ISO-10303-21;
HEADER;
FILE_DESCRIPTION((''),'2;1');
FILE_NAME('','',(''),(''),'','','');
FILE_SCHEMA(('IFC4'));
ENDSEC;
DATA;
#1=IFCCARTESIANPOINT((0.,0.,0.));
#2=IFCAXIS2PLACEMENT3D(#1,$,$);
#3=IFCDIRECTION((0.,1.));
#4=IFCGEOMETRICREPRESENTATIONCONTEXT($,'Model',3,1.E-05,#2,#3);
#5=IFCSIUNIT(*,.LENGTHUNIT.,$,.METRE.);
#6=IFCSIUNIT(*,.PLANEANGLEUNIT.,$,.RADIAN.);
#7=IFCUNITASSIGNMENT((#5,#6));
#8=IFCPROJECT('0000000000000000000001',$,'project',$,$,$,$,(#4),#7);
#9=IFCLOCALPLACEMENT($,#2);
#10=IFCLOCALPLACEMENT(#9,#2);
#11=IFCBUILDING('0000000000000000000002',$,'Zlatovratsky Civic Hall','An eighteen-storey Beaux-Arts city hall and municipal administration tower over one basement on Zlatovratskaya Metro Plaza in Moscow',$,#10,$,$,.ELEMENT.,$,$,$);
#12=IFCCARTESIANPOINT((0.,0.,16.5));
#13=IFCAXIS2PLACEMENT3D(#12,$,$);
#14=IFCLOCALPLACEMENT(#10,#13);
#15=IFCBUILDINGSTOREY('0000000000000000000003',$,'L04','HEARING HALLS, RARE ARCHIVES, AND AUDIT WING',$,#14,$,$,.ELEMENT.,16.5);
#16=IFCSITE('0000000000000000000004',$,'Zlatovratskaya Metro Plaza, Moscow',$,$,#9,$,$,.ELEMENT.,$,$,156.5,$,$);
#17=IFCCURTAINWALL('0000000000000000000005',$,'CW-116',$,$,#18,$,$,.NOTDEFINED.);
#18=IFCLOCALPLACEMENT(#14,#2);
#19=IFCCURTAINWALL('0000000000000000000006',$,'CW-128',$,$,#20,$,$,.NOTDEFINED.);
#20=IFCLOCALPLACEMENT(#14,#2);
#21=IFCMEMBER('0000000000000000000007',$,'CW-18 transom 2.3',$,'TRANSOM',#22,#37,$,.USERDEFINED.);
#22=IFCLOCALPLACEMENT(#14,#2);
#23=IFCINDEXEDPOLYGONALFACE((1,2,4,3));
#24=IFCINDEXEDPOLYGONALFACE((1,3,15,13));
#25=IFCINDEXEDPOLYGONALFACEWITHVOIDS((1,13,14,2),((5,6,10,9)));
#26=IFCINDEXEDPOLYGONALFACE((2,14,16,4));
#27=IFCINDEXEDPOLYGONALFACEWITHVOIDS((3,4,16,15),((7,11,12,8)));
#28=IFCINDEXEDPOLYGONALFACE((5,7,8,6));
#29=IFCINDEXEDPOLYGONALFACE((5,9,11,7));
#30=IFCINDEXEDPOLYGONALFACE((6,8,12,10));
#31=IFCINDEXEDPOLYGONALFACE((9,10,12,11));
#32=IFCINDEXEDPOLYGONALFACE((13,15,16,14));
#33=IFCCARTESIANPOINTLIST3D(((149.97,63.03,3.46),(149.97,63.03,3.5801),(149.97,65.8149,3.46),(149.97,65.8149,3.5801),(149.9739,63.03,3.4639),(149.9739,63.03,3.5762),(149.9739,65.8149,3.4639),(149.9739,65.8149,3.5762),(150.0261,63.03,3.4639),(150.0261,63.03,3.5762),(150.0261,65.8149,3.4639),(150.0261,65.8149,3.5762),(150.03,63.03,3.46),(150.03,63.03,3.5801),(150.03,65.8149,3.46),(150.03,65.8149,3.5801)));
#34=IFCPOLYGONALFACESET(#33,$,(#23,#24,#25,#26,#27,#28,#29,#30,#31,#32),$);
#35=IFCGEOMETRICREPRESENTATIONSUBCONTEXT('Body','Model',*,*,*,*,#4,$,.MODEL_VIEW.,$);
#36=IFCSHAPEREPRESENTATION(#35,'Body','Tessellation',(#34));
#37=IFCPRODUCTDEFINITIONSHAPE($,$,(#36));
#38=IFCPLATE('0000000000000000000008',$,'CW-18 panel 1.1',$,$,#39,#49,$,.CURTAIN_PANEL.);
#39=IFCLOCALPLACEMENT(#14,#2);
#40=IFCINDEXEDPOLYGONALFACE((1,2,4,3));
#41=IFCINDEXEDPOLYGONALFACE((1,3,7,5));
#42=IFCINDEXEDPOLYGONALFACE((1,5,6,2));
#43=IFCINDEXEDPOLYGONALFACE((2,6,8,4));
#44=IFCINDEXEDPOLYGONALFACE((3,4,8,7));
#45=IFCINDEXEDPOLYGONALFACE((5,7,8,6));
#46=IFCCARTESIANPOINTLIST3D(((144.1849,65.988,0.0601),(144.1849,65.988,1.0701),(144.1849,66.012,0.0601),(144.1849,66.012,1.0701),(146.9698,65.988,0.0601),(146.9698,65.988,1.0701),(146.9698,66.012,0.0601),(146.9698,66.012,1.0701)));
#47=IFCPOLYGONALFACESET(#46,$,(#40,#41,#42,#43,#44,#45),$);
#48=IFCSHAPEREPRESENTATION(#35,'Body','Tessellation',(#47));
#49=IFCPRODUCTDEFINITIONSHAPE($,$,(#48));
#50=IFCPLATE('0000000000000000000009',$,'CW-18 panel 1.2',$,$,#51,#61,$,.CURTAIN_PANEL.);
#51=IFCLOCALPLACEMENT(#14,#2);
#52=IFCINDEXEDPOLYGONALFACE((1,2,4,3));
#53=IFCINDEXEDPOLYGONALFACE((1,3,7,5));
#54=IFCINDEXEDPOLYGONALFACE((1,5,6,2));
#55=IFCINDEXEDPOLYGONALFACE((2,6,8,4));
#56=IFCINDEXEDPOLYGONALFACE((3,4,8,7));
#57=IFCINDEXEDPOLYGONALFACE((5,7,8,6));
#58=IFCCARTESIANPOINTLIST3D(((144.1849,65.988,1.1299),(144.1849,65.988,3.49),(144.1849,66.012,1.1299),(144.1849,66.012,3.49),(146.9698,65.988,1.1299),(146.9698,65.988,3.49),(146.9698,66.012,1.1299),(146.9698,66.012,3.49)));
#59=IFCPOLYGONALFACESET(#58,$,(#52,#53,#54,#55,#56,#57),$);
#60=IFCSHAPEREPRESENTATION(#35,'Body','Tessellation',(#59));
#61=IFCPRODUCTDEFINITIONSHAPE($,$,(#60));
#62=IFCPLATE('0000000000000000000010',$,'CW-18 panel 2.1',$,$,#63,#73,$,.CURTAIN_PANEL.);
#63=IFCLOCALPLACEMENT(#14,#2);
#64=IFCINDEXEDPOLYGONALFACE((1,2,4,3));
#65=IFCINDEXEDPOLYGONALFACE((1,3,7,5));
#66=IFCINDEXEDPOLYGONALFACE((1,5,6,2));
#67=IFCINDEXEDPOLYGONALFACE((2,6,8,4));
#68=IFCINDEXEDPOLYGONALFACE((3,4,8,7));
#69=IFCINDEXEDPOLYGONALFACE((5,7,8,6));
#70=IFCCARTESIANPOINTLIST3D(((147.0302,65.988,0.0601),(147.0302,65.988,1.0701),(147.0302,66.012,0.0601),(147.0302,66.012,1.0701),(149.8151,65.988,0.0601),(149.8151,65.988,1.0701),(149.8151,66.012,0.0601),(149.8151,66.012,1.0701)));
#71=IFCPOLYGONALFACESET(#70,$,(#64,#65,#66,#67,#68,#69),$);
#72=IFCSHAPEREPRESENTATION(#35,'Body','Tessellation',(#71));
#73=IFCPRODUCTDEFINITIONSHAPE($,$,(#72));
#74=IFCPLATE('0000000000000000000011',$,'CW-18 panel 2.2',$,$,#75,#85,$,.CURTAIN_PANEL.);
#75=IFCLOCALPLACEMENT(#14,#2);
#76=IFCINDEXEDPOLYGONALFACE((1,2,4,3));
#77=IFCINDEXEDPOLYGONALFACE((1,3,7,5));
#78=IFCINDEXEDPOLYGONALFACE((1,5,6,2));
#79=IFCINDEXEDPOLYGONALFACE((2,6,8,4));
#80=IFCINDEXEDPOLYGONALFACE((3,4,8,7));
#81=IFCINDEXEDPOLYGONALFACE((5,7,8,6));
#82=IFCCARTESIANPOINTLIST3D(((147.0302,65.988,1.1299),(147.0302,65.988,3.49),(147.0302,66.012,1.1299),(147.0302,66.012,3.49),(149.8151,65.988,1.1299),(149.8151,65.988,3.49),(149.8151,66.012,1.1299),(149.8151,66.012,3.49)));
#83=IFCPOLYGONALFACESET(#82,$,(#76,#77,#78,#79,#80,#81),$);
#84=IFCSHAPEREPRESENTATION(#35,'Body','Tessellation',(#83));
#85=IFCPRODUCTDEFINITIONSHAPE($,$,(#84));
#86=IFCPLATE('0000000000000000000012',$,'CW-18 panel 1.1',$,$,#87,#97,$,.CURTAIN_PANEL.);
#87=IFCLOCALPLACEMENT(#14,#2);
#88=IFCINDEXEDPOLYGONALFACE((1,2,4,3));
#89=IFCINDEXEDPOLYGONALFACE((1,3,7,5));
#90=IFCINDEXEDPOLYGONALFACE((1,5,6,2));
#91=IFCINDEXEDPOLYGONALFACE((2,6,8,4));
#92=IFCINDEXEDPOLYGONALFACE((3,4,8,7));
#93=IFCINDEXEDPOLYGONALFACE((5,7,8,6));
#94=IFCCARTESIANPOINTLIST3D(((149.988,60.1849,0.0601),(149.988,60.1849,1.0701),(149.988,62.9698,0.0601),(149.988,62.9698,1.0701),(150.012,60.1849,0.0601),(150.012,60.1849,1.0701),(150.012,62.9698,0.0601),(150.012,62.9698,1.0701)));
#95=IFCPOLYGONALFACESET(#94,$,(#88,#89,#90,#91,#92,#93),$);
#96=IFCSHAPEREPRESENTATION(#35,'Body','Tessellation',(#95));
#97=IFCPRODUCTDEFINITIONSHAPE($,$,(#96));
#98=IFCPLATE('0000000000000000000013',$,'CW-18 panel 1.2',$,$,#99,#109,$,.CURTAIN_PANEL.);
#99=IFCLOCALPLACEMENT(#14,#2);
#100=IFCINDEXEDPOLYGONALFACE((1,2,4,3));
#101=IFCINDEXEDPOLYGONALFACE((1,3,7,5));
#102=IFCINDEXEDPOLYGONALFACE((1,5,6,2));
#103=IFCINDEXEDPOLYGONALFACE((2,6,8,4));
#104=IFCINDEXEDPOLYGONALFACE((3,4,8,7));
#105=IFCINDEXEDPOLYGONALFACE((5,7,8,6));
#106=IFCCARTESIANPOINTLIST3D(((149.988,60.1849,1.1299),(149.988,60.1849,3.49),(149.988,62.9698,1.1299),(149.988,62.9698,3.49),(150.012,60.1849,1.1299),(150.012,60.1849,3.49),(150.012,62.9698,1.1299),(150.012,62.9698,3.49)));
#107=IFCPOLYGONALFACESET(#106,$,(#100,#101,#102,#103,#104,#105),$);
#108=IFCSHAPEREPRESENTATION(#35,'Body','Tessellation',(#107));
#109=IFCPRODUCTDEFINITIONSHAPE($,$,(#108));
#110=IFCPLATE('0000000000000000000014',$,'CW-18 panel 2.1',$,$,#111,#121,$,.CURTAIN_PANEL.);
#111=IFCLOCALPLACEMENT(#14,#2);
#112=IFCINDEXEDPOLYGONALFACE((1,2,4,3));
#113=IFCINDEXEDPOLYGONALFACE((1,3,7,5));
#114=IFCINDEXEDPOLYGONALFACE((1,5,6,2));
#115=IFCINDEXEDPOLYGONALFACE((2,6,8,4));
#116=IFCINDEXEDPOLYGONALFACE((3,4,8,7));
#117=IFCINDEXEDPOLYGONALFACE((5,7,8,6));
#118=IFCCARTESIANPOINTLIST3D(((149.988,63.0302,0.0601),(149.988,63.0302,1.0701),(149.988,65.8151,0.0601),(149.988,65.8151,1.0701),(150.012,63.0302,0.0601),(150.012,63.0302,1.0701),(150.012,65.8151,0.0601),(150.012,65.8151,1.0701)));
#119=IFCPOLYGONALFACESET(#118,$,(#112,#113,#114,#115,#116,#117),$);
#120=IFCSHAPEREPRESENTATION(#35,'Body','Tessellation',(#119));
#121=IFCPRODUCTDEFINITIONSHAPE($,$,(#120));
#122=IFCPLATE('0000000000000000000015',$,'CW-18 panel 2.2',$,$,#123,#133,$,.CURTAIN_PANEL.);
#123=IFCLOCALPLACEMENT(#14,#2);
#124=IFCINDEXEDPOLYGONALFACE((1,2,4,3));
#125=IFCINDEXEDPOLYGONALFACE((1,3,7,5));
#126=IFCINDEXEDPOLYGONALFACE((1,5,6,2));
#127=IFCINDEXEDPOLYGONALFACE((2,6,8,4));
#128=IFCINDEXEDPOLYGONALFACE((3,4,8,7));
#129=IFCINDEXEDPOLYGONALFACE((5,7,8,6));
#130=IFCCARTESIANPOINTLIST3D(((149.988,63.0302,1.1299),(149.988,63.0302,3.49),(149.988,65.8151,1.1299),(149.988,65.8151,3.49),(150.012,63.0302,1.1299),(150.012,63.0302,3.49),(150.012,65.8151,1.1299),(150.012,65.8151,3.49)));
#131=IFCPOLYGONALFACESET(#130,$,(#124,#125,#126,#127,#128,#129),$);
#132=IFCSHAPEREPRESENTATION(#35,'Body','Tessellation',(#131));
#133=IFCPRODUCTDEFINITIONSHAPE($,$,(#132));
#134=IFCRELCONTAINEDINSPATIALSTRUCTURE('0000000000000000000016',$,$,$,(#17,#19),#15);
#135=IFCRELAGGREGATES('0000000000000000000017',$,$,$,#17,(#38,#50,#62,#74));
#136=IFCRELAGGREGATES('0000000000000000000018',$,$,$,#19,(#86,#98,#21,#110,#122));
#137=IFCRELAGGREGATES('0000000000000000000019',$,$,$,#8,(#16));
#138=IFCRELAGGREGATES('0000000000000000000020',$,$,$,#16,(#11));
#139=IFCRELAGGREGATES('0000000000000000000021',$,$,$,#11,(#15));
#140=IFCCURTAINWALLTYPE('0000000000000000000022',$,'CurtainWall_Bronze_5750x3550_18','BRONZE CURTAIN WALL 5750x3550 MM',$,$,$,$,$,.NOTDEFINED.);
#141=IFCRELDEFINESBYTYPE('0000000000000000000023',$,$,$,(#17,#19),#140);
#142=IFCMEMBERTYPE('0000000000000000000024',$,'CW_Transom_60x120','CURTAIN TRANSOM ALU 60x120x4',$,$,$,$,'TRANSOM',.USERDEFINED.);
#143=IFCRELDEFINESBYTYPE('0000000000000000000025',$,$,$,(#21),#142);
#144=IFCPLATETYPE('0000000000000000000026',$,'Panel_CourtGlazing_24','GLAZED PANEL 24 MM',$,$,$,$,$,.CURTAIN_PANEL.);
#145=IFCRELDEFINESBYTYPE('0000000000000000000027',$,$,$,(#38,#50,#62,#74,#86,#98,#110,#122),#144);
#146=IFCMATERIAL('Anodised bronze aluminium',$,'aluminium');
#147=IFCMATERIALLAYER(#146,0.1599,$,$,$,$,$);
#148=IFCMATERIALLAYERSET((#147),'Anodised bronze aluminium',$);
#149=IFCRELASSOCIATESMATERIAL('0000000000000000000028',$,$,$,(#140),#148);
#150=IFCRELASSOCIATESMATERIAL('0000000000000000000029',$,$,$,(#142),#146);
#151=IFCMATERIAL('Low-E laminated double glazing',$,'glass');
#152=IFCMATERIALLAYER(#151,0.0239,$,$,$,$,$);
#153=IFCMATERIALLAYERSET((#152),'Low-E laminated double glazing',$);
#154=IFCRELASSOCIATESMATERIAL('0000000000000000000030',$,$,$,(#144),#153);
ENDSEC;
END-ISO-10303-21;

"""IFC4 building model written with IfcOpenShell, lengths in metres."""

from ifc_helpers import new_model, si_unit, direction, frame, origin, origin_2d, place, context, subcontext, project, spatial, rectangle, hollow_rectangle, extrude, material, layer, layer_set, material_profile, profile_set, type_object, element, aggregate, save


model = new_model("IFC4")

# Units and contexts
model_context = context("Model", 3, precision=1e-05, world=origin(), true_north=direction((0.0, 1.0)))
body_context = subcontext(model_context, "Body", "Model", "MODEL_VIEW")
ifc_project = project(units=[si_unit("LENGTHUNIT", "METRE"), si_unit("PLANEANGLEUNIT", "RADIAN")], contexts=[model_context])

# Site, building, storey
site_placement = place(None, origin())
site = spatial("IfcSite", under=ifc_project, at=site_placement, Name="Zlatovratskaya Metro Plaza, Moscow", CompositionType="ELEMENT", RefElevation=156.5)
building_placement = place(site_placement, origin())
building = spatial("IfcBuilding", under=site, at=building_placement, Name="Zlatovratsky Civic Hall", Description="An eighteen-storey Beaux-Arts city hall and municipal administration tower over one basement on Zlatovratskaya Metro Plaza in Moscow", CompositionType="ELEMENT")
storey_placement = place(building_placement, frame((0.0, 0.0, 16.5)))
storey = spatial("IfcBuildingStorey", under=building, at=storey_placement, Name="L04", Description="HEARING HALLS, RARE ARCHIVES, AND AUDIT WING", CompositionType="ELEMENT", Elevation=16.5)

# Curtain walls
ifc_material_1 = material(Name="Anodised bronze aluminium", Category="aluminium")
ifc_layer_1 = layer(ifc_material_1, 0.1599)
ifc_layer_set_1 = layer_set([ifc_layer_1], Name="Anodised bronze aluminium")
curtain_wall_type = type_object("IfcCurtainWallType", Name="CurtainWall_Bronze_5750x3550_18", Description="BRONZE CURTAIN WALL 5750x3550 MM", PredefinedType="NOTDEFINED", material=ifc_layer_set_1)
curtain_wall_1_placement = place(storey_placement, origin())
curtain_wall_1 = element("IfcCurtainWall", 1, at=curtain_wall_1_placement, inside=storey, type_object=curtain_wall_type, Name="CW-116", PredefinedType="NOTDEFINED")
curtain_wall_2_placement = place(storey_placement, origin())
curtain_wall_2 = element("IfcCurtainWall", 2, at=curtain_wall_2_placement, inside=storey, type_object=curtain_wall_type, Name="CW-128", PredefinedType="NOTDEFINED")

# Member
ifc_material_profile_1 = material_profile(ifc_material_1, hollow_rectangle(XDim=0.0601, YDim=0.1201, WallThickness=0.0039, at=origin_2d()), Name="ALU 60x120x4")
ifc_profile_set_1 = profile_set([ifc_material_profile_1], Name="Anodised bronze aluminium")
member_type_1 = type_object("IfcMemberType", Name="CW_Transom_60x120", Description="CURTAIN TRANSOM ALU 60x120x4", ElementType="TRANSOM", PredefinedType="USERDEFINED", material=ifc_profile_set_1)
member_1_placement = place(storey_placement, frame((150.0, 63.03, 3.52), z_axis=(0.0, 1.0, 0.0), x_axis=(-1.0, 0.0, 0.0)))
member_1 = element("IfcMember", 3, at=member_1_placement, type_object=member_type_1, Name="CW-18 transom 2.3", ObjectType="TRANSOM", PredefinedType="USERDEFINED", context=body_context, shape_type="SweptSolid", body=[
    extrude(hollow_rectangle(XDim=0.0601, YDim=0.1201, WallThickness=0.0039, at=origin_2d()), origin(), (0.0, 0.0, 1.0), 2.7849),
])

# Plates
ifc_material_2 = material(Name="Low-E laminated double glazing", Category="glass")
ifc_layer_2 = layer(ifc_material_2, 0.0239)
ifc_layer_set_2 = layer_set([ifc_layer_2], Name="Low-E laminated double glazing")
plate_type = type_object("IfcPlateType", Name="Panel_CourtGlazing_24", Description="GLAZED PANEL 24 MM", PredefinedType="CURTAIN_PANEL", material=ifc_layer_set_2)
plate_1_placement = place(storey_placement, frame((145.5774, 66.0, 0.0601), z_axis=(0.0, 0.0, 1.0), x_axis=(1.0, 0.0, 0.0)))
plate_1 = element("IfcPlate", 4, at=plate_1_placement, type_object=plate_type, Name="CW-18 panel 1.1", PredefinedType="CURTAIN_PANEL", context=body_context, shape_type="SweptSolid", body=[
    extrude(rectangle(XDim=2.7849, YDim=0.0239, at=origin_2d()), origin(), (0.0, 0.0, 1.0), 1.01),
])
plate_2_placement = place(storey_placement, frame((145.5774, 66.0, 1.1299), z_axis=(0.0, 0.0, 1.0), x_axis=(1.0, 0.0, 0.0)))
plate_2 = element("IfcPlate", 5, at=plate_2_placement, type_object=plate_type, Name="CW-18 panel 1.2", PredefinedType="CURTAIN_PANEL", context=body_context, shape_type="SweptSolid", body=[
    extrude(rectangle(XDim=2.7849, YDim=0.0239, at=origin_2d()), origin(), (0.0, 0.0, 1.0), 2.3601),
])
plate_3_placement = place(storey_placement, frame((148.4226, 66.0, 0.0601), z_axis=(0.0, 0.0, 1.0), x_axis=(1.0, 0.0, 0.0)))
plate_3 = element("IfcPlate", 6, at=plate_3_placement, type_object=plate_type, Name="CW-18 panel 2.1", PredefinedType="CURTAIN_PANEL", context=body_context, shape_type="SweptSolid", body=[
    extrude(rectangle(XDim=2.7849, YDim=0.0239, at=origin_2d()), origin(), (0.0, 0.0, 1.0), 1.01),
])
plate_4_placement = place(storey_placement, frame((148.4226, 66.0, 1.1299), z_axis=(0.0, 0.0, 1.0), x_axis=(1.0, 0.0, 0.0)))
plate_4 = element("IfcPlate", 7, at=plate_4_placement, type_object=plate_type, Name="CW-18 panel 2.2", PredefinedType="CURTAIN_PANEL", context=body_context, shape_type="SweptSolid", body=[
    extrude(rectangle(XDim=2.7849, YDim=0.0239, at=origin_2d()), origin(), (0.0, 0.0, 1.0), 2.3601),
])
aggregate(curtain_wall_1, [plate_1, plate_2, plate_3, plate_4])
plate_5_placement = place(storey_placement, frame((150.0, 61.5774, 0.0601), z_axis=(0.0, 0.0, 1.0), x_axis=(0.0, 1.0, 0.0)))
plate_5 = element("IfcPlate", 8, at=plate_5_placement, type_object=plate_type, Name="CW-18 panel 1.1", PredefinedType="CURTAIN_PANEL", context=body_context, shape_type="SweptSolid", body=[
    extrude(rectangle(XDim=2.7849, YDim=0.0239, at=origin_2d()), origin(), (0.0, 0.0, 1.0), 1.01),
])
plate_6_placement = place(storey_placement, frame((150.0, 61.5774, 1.1299), z_axis=(0.0, 0.0, 1.0), x_axis=(0.0, 1.0, 0.0)))
plate_6 = element("IfcPlate", 9, at=plate_6_placement, type_object=plate_type, Name="CW-18 panel 1.2", PredefinedType="CURTAIN_PANEL", context=body_context, shape_type="SweptSolid", body=[
    extrude(rectangle(XDim=2.7849, YDim=0.0239, at=origin_2d()), origin(), (0.0, 0.0, 1.0), 2.3601),
])
plate_7_placement = place(storey_placement, frame((150.0, 64.4226, 0.0601), z_axis=(0.0, 0.0, 1.0), x_axis=(0.0, 1.0, 0.0)))
plate_7 = element("IfcPlate", 10, at=plate_7_placement, type_object=plate_type, Name="CW-18 panel 2.1", PredefinedType="CURTAIN_PANEL", context=body_context, shape_type="SweptSolid", body=[
    extrude(rectangle(XDim=2.7849, YDim=0.0239, at=origin_2d()), origin(), (0.0, 0.0, 1.0), 1.01),
])
plate_8_placement = place(storey_placement, frame((150.0, 64.4226, 1.1299), z_axis=(0.0, 0.0, 1.0), x_axis=(0.0, 1.0, 0.0)))
plate_8 = element("IfcPlate", 11, at=plate_8_placement, type_object=plate_type, Name="CW-18 panel 2.2", PredefinedType="CURTAIN_PANEL", context=body_context, shape_type="SweptSolid", body=[
    extrude(rectangle(XDim=2.7849, YDim=0.0239, at=origin_2d()), origin(), (0.0, 0.0, 1.0), 2.3601),
])
aggregate(curtain_wall_2, [plate_5, plate_6, member_1, plate_7, plate_8])

save(model, "model.ifc")
